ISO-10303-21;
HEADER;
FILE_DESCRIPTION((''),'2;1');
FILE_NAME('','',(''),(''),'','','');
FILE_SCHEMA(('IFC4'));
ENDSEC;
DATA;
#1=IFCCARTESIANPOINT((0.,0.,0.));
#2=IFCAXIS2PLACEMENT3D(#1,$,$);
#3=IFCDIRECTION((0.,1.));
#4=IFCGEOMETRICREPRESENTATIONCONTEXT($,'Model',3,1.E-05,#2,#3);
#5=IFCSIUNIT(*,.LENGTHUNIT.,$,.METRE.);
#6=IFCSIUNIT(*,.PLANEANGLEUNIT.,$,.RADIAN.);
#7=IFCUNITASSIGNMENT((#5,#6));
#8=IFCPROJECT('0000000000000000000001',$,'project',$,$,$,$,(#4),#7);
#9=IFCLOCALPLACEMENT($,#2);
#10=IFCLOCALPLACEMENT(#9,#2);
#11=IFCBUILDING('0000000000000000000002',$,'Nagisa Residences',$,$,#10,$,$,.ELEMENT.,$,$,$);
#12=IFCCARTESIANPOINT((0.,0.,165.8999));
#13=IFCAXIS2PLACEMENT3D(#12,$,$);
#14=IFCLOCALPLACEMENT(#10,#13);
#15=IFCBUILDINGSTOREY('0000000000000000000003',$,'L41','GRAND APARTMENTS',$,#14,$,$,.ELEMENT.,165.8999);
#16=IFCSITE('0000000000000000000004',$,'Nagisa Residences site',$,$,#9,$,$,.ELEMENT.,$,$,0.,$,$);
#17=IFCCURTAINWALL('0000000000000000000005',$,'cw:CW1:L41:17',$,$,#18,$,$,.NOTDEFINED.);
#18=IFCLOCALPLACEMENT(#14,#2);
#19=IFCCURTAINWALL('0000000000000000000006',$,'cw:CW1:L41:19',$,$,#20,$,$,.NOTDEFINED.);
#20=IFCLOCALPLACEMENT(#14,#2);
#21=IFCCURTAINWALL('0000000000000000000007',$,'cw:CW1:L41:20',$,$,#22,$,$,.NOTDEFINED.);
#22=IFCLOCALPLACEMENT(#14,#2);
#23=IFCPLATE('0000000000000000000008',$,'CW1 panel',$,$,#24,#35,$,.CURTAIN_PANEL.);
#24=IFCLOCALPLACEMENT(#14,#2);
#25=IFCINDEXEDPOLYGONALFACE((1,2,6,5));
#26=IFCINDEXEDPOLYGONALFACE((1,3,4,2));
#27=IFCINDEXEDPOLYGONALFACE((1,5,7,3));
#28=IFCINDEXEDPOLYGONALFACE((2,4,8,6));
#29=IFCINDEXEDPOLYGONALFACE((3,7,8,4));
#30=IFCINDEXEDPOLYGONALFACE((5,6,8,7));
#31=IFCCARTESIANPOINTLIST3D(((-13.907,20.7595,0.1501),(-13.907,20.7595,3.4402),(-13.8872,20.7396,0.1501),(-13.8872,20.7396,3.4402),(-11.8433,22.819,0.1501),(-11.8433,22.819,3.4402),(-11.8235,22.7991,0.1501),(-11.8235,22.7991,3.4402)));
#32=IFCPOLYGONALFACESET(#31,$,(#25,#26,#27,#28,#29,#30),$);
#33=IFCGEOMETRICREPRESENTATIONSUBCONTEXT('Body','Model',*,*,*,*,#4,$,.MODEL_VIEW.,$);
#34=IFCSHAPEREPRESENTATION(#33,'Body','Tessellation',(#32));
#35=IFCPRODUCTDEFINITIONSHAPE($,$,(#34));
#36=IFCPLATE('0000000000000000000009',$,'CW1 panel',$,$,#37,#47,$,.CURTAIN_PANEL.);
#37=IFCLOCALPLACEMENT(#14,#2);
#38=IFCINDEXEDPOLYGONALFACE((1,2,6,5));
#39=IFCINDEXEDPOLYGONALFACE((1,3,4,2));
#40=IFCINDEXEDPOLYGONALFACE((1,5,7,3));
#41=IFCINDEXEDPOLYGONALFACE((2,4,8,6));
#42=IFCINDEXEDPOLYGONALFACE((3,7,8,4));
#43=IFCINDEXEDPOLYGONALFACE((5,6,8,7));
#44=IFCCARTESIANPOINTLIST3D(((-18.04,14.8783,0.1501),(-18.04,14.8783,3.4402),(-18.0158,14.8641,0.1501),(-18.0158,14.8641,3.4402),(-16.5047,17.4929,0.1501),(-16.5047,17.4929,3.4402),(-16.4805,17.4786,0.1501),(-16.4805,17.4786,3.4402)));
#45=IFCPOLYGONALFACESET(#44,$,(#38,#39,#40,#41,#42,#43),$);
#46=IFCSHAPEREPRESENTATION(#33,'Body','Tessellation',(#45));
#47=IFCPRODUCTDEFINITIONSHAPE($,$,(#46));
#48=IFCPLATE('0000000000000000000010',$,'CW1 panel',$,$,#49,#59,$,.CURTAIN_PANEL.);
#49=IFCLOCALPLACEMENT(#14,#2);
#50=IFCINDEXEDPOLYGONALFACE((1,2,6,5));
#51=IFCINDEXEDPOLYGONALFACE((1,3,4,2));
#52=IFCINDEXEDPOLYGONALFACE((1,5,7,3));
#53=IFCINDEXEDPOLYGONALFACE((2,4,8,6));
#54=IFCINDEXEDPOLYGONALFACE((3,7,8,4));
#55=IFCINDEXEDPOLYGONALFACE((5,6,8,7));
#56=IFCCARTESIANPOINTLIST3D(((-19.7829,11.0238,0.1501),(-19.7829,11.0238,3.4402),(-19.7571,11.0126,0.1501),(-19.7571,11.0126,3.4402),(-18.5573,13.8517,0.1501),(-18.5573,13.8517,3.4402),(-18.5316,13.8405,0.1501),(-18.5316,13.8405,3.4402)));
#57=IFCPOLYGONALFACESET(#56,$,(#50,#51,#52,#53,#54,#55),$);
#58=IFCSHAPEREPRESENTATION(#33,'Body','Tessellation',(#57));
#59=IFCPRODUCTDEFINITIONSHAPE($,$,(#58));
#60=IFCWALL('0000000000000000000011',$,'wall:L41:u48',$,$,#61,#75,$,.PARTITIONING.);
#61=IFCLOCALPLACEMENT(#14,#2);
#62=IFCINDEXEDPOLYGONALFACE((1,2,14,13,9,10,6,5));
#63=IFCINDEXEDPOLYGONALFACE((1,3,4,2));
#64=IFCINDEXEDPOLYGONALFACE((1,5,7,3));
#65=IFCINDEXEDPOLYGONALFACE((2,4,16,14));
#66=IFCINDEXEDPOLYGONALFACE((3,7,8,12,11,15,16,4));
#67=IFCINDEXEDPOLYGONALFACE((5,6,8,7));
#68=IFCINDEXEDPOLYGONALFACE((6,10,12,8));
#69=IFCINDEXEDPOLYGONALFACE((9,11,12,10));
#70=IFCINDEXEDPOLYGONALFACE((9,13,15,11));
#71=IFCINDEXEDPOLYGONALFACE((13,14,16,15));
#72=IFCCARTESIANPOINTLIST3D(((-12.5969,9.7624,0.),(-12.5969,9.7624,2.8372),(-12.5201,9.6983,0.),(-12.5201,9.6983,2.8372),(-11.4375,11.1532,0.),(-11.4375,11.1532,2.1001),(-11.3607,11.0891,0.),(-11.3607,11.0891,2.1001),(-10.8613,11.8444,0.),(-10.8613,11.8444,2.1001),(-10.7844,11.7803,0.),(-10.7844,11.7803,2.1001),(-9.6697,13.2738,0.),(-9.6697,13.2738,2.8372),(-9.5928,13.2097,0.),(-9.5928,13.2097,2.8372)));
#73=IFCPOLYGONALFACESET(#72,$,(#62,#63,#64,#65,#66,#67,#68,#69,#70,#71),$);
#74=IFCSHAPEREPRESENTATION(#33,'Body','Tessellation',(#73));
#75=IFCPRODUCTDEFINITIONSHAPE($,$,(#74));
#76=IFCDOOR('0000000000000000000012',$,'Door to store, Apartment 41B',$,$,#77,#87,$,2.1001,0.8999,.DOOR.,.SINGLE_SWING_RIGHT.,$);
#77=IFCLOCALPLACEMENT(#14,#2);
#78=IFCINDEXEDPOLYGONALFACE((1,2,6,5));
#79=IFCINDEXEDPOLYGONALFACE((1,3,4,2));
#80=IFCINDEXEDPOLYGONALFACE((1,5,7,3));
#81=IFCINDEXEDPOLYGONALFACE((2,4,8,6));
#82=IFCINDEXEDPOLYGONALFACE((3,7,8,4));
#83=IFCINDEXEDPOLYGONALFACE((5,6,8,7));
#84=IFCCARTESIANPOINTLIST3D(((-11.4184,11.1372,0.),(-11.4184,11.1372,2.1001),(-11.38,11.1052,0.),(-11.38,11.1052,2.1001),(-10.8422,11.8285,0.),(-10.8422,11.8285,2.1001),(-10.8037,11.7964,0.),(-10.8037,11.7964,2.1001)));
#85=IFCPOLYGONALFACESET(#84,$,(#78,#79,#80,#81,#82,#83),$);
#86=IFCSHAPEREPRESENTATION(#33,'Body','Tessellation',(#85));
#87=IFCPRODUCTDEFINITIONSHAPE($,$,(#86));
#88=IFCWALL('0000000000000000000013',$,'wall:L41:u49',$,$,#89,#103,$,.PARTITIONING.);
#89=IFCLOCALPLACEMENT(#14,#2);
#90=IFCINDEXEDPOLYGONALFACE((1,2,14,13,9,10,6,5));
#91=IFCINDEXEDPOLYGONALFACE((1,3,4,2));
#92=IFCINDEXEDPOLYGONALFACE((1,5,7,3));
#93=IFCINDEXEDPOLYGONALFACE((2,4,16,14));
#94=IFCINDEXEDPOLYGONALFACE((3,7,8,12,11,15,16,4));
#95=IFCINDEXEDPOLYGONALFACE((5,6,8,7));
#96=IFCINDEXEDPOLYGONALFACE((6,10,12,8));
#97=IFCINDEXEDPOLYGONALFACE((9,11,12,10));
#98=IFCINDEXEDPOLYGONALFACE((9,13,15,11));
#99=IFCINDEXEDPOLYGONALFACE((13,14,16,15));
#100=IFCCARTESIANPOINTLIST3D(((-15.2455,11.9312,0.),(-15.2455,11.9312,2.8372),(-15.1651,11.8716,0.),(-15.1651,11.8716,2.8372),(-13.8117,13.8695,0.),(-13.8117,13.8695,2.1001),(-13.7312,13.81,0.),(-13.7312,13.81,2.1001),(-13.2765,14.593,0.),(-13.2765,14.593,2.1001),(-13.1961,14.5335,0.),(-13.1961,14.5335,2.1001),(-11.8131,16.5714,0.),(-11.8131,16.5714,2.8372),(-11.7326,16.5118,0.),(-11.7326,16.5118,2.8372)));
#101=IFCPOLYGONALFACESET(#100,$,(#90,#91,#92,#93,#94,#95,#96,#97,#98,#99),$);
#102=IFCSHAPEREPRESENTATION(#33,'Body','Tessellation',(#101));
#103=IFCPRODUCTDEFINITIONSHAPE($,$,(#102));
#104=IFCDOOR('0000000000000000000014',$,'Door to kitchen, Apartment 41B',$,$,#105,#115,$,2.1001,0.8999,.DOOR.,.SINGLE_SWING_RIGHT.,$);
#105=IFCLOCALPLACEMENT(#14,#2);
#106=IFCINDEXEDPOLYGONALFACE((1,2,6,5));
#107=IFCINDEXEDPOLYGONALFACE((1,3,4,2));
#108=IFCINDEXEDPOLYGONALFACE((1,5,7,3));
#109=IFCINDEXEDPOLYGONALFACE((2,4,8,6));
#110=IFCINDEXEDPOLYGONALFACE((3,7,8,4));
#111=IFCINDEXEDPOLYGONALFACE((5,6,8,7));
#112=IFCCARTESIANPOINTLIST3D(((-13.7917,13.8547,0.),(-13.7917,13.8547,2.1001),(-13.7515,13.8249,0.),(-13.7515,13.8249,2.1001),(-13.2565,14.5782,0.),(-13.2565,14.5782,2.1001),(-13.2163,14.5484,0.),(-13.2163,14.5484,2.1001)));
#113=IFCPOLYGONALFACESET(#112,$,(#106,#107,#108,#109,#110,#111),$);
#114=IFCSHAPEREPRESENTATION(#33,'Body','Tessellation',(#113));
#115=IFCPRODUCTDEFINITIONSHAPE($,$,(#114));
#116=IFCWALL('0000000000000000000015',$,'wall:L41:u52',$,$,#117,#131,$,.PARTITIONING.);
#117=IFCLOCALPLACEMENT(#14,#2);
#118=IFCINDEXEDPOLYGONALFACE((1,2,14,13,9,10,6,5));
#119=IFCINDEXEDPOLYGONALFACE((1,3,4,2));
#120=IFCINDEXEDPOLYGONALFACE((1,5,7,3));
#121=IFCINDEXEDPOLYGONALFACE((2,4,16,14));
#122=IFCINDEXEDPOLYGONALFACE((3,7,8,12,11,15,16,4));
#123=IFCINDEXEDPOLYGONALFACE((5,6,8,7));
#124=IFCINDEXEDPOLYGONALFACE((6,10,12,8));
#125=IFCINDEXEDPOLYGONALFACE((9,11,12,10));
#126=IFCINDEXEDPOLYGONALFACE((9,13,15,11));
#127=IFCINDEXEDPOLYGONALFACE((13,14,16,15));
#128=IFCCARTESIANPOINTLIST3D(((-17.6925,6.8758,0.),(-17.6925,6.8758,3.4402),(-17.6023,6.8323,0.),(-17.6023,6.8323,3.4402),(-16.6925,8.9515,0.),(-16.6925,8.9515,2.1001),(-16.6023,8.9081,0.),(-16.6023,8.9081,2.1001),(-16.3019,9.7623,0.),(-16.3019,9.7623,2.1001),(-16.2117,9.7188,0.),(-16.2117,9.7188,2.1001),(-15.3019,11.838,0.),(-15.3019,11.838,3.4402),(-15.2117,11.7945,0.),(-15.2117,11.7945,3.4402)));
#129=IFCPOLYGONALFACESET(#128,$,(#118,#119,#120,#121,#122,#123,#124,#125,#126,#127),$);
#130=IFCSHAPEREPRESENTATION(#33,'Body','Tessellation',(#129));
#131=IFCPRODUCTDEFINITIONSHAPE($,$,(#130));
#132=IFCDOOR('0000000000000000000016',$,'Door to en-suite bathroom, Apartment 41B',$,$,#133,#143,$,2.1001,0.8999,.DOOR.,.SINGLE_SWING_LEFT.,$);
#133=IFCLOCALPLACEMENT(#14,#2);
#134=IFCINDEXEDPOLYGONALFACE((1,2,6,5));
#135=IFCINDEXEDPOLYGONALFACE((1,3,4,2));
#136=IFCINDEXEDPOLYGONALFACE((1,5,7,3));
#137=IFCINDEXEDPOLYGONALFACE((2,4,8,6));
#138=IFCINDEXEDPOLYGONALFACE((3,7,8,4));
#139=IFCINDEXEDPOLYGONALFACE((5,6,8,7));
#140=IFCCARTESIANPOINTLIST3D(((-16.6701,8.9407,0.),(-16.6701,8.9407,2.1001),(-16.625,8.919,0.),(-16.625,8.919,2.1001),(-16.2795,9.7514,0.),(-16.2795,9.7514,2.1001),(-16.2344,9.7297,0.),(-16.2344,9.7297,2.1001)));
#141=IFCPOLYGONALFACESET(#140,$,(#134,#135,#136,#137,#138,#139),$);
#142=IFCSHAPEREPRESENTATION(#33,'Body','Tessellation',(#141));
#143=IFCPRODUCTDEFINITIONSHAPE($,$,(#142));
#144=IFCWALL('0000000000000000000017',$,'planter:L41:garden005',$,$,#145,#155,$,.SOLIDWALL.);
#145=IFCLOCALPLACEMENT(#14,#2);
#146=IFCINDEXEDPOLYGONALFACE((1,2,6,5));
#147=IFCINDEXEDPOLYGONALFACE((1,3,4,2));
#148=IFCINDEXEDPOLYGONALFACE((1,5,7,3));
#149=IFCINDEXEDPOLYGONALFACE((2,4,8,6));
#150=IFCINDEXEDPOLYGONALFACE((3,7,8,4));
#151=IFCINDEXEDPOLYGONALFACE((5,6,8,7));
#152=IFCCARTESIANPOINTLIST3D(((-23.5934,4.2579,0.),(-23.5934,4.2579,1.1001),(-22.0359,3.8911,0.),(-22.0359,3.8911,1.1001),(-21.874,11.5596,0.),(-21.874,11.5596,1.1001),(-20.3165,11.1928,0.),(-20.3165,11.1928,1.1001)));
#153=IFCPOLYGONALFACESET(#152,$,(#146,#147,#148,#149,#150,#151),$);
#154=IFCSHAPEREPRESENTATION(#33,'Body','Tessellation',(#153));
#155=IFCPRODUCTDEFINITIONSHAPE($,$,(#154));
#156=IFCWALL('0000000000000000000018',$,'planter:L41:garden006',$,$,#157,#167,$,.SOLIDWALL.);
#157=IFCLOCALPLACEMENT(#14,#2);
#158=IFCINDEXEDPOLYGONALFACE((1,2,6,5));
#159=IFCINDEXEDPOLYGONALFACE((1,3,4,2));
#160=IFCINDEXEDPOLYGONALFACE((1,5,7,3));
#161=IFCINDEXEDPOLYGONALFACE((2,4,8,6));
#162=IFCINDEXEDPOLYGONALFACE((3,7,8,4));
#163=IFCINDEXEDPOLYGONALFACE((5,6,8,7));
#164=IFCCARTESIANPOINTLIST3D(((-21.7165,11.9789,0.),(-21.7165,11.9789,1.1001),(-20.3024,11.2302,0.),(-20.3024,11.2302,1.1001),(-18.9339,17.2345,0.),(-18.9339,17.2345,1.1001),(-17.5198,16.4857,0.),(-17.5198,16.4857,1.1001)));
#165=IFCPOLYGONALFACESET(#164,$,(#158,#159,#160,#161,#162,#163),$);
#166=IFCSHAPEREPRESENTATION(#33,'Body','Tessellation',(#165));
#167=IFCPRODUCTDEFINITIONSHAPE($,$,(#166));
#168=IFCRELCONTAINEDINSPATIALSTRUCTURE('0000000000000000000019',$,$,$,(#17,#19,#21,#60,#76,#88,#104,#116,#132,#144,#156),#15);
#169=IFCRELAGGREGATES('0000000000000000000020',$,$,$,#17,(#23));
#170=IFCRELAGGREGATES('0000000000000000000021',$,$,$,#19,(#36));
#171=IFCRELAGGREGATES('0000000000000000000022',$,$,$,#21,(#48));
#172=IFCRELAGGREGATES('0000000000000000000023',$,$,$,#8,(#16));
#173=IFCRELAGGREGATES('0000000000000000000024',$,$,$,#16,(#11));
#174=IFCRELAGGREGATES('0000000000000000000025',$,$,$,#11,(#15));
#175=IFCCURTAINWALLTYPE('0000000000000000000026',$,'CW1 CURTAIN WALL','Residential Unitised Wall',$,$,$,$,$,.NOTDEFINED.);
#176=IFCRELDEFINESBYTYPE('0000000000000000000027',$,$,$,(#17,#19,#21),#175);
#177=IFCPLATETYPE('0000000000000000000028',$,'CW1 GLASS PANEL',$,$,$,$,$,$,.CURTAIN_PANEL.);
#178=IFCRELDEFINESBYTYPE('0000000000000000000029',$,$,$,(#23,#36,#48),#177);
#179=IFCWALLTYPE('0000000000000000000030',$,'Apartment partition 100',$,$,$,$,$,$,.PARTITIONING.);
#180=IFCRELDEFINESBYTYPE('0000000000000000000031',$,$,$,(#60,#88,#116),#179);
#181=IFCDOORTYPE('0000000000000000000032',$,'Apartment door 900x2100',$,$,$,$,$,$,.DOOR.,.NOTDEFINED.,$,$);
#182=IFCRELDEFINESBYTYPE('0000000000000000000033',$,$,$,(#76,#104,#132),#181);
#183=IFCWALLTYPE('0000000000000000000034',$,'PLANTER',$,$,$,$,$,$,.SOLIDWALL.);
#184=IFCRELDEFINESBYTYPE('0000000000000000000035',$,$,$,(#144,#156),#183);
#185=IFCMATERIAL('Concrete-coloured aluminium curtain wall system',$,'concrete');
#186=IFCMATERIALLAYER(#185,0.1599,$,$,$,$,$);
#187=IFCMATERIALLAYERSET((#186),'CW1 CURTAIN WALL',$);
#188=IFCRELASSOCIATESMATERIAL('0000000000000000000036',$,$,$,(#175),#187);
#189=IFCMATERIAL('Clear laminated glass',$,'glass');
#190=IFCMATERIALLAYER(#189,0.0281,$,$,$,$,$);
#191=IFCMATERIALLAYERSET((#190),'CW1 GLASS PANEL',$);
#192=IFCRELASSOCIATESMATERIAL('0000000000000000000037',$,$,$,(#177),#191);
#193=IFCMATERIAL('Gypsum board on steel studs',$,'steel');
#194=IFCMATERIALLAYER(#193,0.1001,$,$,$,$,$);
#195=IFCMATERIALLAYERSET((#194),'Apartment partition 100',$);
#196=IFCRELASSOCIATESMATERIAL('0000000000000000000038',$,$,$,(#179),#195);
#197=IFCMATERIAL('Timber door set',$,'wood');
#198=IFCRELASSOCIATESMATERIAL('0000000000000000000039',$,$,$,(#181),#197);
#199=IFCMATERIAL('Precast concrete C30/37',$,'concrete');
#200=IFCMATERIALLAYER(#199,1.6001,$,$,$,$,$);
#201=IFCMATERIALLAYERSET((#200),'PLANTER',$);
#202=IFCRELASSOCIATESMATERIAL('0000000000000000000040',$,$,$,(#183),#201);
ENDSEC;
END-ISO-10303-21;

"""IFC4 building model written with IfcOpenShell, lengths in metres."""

from ifc_helpers import new_model, si_unit, direction, frame, frame_2d, origin, origin_2d, place, context, subcontext, project, spatial, rectangle, extrude, material, layer, layer_set, type_object, element, fill, aggregate, save


model = new_model("IFC4")

# Units and contexts
model_context = context("Model", 3, precision=1e-05, world=origin(), true_north=direction((0.0, 1.0)))
body_context = subcontext(model_context, "Body", "Model", "MODEL_VIEW")
ifc_project = project(units=[si_unit("LENGTHUNIT", "METRE"), si_unit("PLANEANGLEUNIT", "RADIAN")], contexts=[model_context])

# Site, building, storey
site_placement = place(None, origin())
site = spatial("IfcSite", under=ifc_project, at=site_placement, Name="Nagisa Residences site", CompositionType="ELEMENT", RefElevation=0.0)
building_placement = place(site_placement, origin())
building = spatial("IfcBuilding", under=site, at=building_placement, Name="Nagisa Residences", CompositionType="ELEMENT")
storey_placement = place(building_placement, frame((0.0, 0.0, 165.8999)))
storey = spatial("IfcBuildingStorey", under=building, at=storey_placement, Name="L41", Description="GRAND APARTMENTS", CompositionType="ELEMENT", Elevation=165.8999)

# Curtain walls
ifc_material_1 = material(Name="Concrete-coloured aluminium curtain wall system", Category="concrete")
ifc_layer_1 = layer(ifc_material_1, 0.1599)
ifc_layer_set_1 = layer_set([ifc_layer_1], Name="CW1 CURTAIN WALL")
curtain_wall_type = type_object("IfcCurtainWallType", Name="CW1 CURTAIN WALL", Description="Residential Unitised Wall", PredefinedType="NOTDEFINED", material=ifc_layer_set_1)
curtain_wall_1_placement = place(storey_placement, origin())
curtain_wall_1 = element("IfcCurtainWall", 1, at=curtain_wall_1_placement, inside=storey, type_object=curtain_wall_type, Name="cw:CW1:L41:17", PredefinedType="NOTDEFINED")
curtain_wall_2_placement = place(storey_placement, origin())
curtain_wall_2 = element("IfcCurtainWall", 2, at=curtain_wall_2_placement, inside=storey, type_object=curtain_wall_type, Name="cw:CW1:L41:19", PredefinedType="NOTDEFINED")
curtain_wall_3_placement = place(storey_placement, origin())
curtain_wall_3 = element("IfcCurtainWall", 3, at=curtain_wall_3_placement, inside=storey, type_object=curtain_wall_type, Name="cw:CW1:L41:20", PredefinedType="NOTDEFINED")

# Plates
ifc_material_2 = material(Name="Clear laminated glass", Category="glass")
ifc_layer_2 = layer(ifc_material_2, 0.0281)
ifc_layer_set_2 = layer_set([ifc_layer_2], Name="CW1 GLASS PANEL")
plate_type = type_object("IfcPlateType", Name="CW1 GLASS PANEL", PredefinedType="CURTAIN_PANEL", material=ifc_layer_set_2)
plate_1_placement = place(storey_placement, frame((-12.8652, 21.7793, 0.1501), z_axis=(0.0, 0.0, 1.0), x_axis=(-0.707836, -0.706377, 0.0)))
plate_1 = element("IfcPlate", 4, at=plate_1_placement, type_object=plate_type, Name="CW1 panel", PredefinedType="CURTAIN_PANEL", context=body_context, shape_type="SweptSolid", body=[
    extrude(rectangle(XDim=2.9155, YDim=0.0281, at=origin_2d()), origin(), (0.0, 0.0, 1.0), 3.29),
])
aggregate(curtain_wall_1, [plate_1])
plate_2_placement = place(storey_placement, frame((-17.2603, 16.1785, 0.1501), z_axis=(0.0, 0.0, 1.0), x_axis=(-0.506349, -0.862329, 0.0)))
plate_2 = element("IfcPlate", 5, at=plate_2_placement, type_object=plate_type, Name="CW1 panel", PredefinedType="CURTAIN_PANEL", context=body_context, shape_type="SweptSolid", body=[
    extrude(rectangle(XDim=3.032, YDim=0.0281, at=origin_2d()), origin(), (0.0, 0.0, 1.0), 3.29),
])
aggregate(curtain_wall_2, [plate_2])
plate_3_placement = place(storey_placement, frame((-19.1572, 12.4321, 0.1501), z_axis=(0.0, 0.0, 1.0), x_axis=(-0.397636, -0.917543, 0.0)))
plate_3 = element("IfcPlate", 6, at=plate_3_placement, type_object=plate_type, Name="CW1 panel", PredefinedType="CURTAIN_PANEL", context=body_context, shape_type="SweptSolid", body=[
    extrude(rectangle(XDim=3.082, YDim=0.0281, at=origin_2d()), origin(), (0.0, 0.0, 1.0), 3.29),
])
aggregate(curtain_wall_3, [plate_3])

# Walls, openings, doors
ifc_material_3 = material(Name="Gypsum board on steel studs", Category="steel")
ifc_layer_3 = layer(ifc_material_3, 0.1001)
ifc_layer_set_3 = layer_set([ifc_layer_3], Name="Apartment partition 100")
wall_type_1 = type_object("IfcWallType", Name="Apartment partition 100", PredefinedType="PARTITIONING", material=ifc_layer_set_3)
wall_1_placement = place(storey_placement, frame((-9.6313, 13.2417, 0.0), z_axis=(0.0, 0.0, 1.0), x_axis=(-0.640316, -0.768112, 0.0)))
wall_1 = element("IfcWall", 7, at=wall_1_placement, inside=storey, type_object=wall_type_1, Name="wall:L41:u48", PredefinedType="PARTITIONING", context=body_context, shape_type="SweptSolid", body=[
    extrude(rectangle(XDim=4.5715, YDim=0.1001, at=frame_2d((2.2856, 0.0))), origin(), (0.0, 0.0, 1.0), 2.8372),
])
opening_1_placement = place(wall_1_placement, frame((1.8608, 0.0, 0.0)))
opening_1 = element("IfcOpeningElement", 8, at=opening_1_placement, cuts=wall_1, PredefinedType="OPENING", context=body_context, shape_type="SweptSolid", body=[
    extrude(rectangle(XDim=0.8999, YDim=2.1001, at=frame_2d((0.45, 1.05))), frame((0.0, 0.0601, 0.0), z_axis=(0.0, -1.0, 0.0), x_axis=(1.0, 0.0, 0.0)), (0.0, 0.0, 1.0), 0.1201),
])
ifc_material_4 = material(Name="Timber door set", Category="wood")
door_type_1 = type_object("IfcDoorType", Name="Apartment door 900x2100", OperationType="NOTDEFINED", PredefinedType="DOOR", material=ifc_material_4)
door_1_placement = place(opening_1_placement, origin())
door_1 = element("IfcDoor", 9, at=door_1_placement, inside=storey, type_object=door_type_1, Name="Door to store, Apartment 41B", OperationType="SINGLE_SWING_RIGHT", OverallHeight=2.1001, OverallWidth=0.8999, PredefinedType="DOOR", context=body_context, shape_type="SweptSolid", body=[
    extrude(rectangle(XDim=0.8999, YDim=2.1001, at=frame_2d((0.45, 1.05))), frame((0.0, 0.0249, 0.0), z_axis=(0.0, -1.0, 0.0), x_axis=(1.0, 0.0, 0.0)), (0.0, 0.0, 1.0), 0.05),
])
fill(opening_1, door_1)
wall_2_placement = place(storey_placement, frame((-11.7729, 16.5415, 0.0), z_axis=(0.0, 0.0, 1.0), x_axis=(-0.594694, -0.803952, 0.0)))
wall_2 = element("IfcWall", 10, at=wall_2_placement, inside=storey, type_object=wall_type_1, Name="wall:L41:u49", PredefinedType="PARTITIONING", context=body_context, shape_type="SweptSolid", body=[
    extrude(rectangle(XDim=5.7717, YDim=0.1001, at=frame_2d((2.8857, 0.0))), origin(), (0.0, 0.0, 1.0), 2.8372),
])
opening_2_placement = place(wall_2_placement, frame((2.4607, 0.0, 0.0)))
opening_2 = element("IfcOpeningElement", 11, at=opening_2_placement, cuts=wall_2, PredefinedType="OPENING", context=body_context, shape_type="SweptSolid", body=[
    extrude(rectangle(XDim=0.8999, YDim=2.1001, at=frame_2d((0.45, 1.05))), frame((0.0, 0.0601, 0.0), z_axis=(0.0, -1.0, 0.0), x_axis=(1.0, 0.0, 0.0)), (0.0, 0.0, 1.0), 0.1201),
])
door_2_placement = place(opening_2_placement, origin())
door_2 = element("IfcDoor", 12, at=door_2_placement, inside=storey, type_object=door_type_1, Name="Door to kitchen, Apartment 41B", OperationType="SINGLE_SWING_RIGHT", OverallHeight=2.1001, OverallWidth=0.8999, PredefinedType="DOOR", context=body_context, shape_type="SweptSolid", body=[
    extrude(rectangle(XDim=0.8999, YDim=2.1001, at=frame_2d((0.45, 1.05))), frame((0.0, 0.0249, 0.0), z_axis=(0.0, -1.0, 0.0), x_axis=(1.0, 0.0, 0.0)), (0.0, 0.0, 1.0), 0.05),
])
fill(opening_2, door_2)
wall_3_placement = place(storey_placement, frame((-15.2568, 11.8162, 0.0), z_axis=(0.0, 0.0, 1.0), x_axis=(-0.434028, -0.9009, 0.0)))
wall_3 = element("IfcWall", 13, at=wall_3_placement, inside=storey, type_object=wall_type_1, Name="wall:L41:u52", PredefinedType="PARTITIONING", context=body_context, shape_type="SweptSolid", body=[
    extrude(rectangle(XDim=5.5081, YDim=0.1001, at=frame_2d((2.7539, 0.0))), origin(), (0.0, 0.0, 1.0), 3.4402),
])
opening_3_placement = place(wall_3_placement, frame((2.304, 0.0, 0.0)))
opening_3 = element("IfcOpeningElement", 14, at=opening_3_placement, cuts=wall_3, PredefinedType="OPENING", context=body_context, shape_type="SweptSolid", body=[
    extrude(rectangle(XDim=0.8999, YDim=2.1001, at=frame_2d((0.45, 1.05))), frame((0.0, 0.0601, 0.0), z_axis=(0.0, -1.0, 0.0), x_axis=(1.0, 0.0, 0.0)), (0.0, 0.0, 1.0), 0.1201),
])
door_3_placement = place(opening_3_placement, origin())
door_3 = element("IfcDoor", 15, at=door_3_placement, inside=storey, type_object=door_type_1, Name="Door to en-suite bathroom, Apartment 41B", OperationType="SINGLE_SWING_LEFT", OverallHeight=2.1001, OverallWidth=0.8999, PredefinedType="DOOR", context=body_context, shape_type="SweptSolid", body=[
    extrude(rectangle(XDim=0.8999, YDim=2.1001, at=frame_2d((0.45, 1.05))), frame((0.0, 0.0249, 0.0), z_axis=(0.0, -1.0, 0.0), x_axis=(1.0, 0.0, 0.0)), (0.0, 0.0, 1.0), 0.05),
])
fill(opening_3, door_3)

# Walls
ifc_material_5 = material(Name="Precast concrete C30/37", Category="concrete")
ifc_layer_4 = layer(ifc_material_5, 1.6001)
ifc_layer_set_4 = layer_set([ifc_layer_4], Name="PLANTER")
wall_type_2 = type_object("IfcWallType", Name="PLANTER", PredefinedType="SOLIDWALL", material=ifc_layer_set_4)
wall_4_placement = place(storey_placement, frame((-21.0952, 11.3762, 0.0), z_axis=(0.0, 0.0, 1.0), x_axis=(-0.229219, -0.973375, 0.0)))
element("IfcWall", 16, at=wall_4_placement, inside=storey, type_object=wall_type_2, Name="planter:L41:garden005", PredefinedType="SOLIDWALL", context=body_context, shape_type="SweptSolid", body=[
    extrude(rectangle(XDim=7.5015, YDim=1.6001, at=frame_2d((3.7507, 0.0))), origin(), (0.0, 0.0, 1.0), 1.1001),
])
wall_5_placement = place(storey_placement, frame((-18.2268, 16.8601, 0.0), z_axis=(0.0, 0.0, 1.0), x_axis=(-0.467931, -0.883765, 0.0)))
element("IfcWall", 17, at=wall_5_placement, inside=storey, type_object=wall_type_2, Name="planter:L41:garden006", PredefinedType="SOLIDWALL", context=body_context, shape_type="SweptSolid", body=[
    extrude(rectangle(XDim=5.9468, YDim=1.6001, at=frame_2d((2.9734, 0.0))), origin(), (0.0, 0.0, 1.0), 1.1001),
])

save(model, "model.ifc")
